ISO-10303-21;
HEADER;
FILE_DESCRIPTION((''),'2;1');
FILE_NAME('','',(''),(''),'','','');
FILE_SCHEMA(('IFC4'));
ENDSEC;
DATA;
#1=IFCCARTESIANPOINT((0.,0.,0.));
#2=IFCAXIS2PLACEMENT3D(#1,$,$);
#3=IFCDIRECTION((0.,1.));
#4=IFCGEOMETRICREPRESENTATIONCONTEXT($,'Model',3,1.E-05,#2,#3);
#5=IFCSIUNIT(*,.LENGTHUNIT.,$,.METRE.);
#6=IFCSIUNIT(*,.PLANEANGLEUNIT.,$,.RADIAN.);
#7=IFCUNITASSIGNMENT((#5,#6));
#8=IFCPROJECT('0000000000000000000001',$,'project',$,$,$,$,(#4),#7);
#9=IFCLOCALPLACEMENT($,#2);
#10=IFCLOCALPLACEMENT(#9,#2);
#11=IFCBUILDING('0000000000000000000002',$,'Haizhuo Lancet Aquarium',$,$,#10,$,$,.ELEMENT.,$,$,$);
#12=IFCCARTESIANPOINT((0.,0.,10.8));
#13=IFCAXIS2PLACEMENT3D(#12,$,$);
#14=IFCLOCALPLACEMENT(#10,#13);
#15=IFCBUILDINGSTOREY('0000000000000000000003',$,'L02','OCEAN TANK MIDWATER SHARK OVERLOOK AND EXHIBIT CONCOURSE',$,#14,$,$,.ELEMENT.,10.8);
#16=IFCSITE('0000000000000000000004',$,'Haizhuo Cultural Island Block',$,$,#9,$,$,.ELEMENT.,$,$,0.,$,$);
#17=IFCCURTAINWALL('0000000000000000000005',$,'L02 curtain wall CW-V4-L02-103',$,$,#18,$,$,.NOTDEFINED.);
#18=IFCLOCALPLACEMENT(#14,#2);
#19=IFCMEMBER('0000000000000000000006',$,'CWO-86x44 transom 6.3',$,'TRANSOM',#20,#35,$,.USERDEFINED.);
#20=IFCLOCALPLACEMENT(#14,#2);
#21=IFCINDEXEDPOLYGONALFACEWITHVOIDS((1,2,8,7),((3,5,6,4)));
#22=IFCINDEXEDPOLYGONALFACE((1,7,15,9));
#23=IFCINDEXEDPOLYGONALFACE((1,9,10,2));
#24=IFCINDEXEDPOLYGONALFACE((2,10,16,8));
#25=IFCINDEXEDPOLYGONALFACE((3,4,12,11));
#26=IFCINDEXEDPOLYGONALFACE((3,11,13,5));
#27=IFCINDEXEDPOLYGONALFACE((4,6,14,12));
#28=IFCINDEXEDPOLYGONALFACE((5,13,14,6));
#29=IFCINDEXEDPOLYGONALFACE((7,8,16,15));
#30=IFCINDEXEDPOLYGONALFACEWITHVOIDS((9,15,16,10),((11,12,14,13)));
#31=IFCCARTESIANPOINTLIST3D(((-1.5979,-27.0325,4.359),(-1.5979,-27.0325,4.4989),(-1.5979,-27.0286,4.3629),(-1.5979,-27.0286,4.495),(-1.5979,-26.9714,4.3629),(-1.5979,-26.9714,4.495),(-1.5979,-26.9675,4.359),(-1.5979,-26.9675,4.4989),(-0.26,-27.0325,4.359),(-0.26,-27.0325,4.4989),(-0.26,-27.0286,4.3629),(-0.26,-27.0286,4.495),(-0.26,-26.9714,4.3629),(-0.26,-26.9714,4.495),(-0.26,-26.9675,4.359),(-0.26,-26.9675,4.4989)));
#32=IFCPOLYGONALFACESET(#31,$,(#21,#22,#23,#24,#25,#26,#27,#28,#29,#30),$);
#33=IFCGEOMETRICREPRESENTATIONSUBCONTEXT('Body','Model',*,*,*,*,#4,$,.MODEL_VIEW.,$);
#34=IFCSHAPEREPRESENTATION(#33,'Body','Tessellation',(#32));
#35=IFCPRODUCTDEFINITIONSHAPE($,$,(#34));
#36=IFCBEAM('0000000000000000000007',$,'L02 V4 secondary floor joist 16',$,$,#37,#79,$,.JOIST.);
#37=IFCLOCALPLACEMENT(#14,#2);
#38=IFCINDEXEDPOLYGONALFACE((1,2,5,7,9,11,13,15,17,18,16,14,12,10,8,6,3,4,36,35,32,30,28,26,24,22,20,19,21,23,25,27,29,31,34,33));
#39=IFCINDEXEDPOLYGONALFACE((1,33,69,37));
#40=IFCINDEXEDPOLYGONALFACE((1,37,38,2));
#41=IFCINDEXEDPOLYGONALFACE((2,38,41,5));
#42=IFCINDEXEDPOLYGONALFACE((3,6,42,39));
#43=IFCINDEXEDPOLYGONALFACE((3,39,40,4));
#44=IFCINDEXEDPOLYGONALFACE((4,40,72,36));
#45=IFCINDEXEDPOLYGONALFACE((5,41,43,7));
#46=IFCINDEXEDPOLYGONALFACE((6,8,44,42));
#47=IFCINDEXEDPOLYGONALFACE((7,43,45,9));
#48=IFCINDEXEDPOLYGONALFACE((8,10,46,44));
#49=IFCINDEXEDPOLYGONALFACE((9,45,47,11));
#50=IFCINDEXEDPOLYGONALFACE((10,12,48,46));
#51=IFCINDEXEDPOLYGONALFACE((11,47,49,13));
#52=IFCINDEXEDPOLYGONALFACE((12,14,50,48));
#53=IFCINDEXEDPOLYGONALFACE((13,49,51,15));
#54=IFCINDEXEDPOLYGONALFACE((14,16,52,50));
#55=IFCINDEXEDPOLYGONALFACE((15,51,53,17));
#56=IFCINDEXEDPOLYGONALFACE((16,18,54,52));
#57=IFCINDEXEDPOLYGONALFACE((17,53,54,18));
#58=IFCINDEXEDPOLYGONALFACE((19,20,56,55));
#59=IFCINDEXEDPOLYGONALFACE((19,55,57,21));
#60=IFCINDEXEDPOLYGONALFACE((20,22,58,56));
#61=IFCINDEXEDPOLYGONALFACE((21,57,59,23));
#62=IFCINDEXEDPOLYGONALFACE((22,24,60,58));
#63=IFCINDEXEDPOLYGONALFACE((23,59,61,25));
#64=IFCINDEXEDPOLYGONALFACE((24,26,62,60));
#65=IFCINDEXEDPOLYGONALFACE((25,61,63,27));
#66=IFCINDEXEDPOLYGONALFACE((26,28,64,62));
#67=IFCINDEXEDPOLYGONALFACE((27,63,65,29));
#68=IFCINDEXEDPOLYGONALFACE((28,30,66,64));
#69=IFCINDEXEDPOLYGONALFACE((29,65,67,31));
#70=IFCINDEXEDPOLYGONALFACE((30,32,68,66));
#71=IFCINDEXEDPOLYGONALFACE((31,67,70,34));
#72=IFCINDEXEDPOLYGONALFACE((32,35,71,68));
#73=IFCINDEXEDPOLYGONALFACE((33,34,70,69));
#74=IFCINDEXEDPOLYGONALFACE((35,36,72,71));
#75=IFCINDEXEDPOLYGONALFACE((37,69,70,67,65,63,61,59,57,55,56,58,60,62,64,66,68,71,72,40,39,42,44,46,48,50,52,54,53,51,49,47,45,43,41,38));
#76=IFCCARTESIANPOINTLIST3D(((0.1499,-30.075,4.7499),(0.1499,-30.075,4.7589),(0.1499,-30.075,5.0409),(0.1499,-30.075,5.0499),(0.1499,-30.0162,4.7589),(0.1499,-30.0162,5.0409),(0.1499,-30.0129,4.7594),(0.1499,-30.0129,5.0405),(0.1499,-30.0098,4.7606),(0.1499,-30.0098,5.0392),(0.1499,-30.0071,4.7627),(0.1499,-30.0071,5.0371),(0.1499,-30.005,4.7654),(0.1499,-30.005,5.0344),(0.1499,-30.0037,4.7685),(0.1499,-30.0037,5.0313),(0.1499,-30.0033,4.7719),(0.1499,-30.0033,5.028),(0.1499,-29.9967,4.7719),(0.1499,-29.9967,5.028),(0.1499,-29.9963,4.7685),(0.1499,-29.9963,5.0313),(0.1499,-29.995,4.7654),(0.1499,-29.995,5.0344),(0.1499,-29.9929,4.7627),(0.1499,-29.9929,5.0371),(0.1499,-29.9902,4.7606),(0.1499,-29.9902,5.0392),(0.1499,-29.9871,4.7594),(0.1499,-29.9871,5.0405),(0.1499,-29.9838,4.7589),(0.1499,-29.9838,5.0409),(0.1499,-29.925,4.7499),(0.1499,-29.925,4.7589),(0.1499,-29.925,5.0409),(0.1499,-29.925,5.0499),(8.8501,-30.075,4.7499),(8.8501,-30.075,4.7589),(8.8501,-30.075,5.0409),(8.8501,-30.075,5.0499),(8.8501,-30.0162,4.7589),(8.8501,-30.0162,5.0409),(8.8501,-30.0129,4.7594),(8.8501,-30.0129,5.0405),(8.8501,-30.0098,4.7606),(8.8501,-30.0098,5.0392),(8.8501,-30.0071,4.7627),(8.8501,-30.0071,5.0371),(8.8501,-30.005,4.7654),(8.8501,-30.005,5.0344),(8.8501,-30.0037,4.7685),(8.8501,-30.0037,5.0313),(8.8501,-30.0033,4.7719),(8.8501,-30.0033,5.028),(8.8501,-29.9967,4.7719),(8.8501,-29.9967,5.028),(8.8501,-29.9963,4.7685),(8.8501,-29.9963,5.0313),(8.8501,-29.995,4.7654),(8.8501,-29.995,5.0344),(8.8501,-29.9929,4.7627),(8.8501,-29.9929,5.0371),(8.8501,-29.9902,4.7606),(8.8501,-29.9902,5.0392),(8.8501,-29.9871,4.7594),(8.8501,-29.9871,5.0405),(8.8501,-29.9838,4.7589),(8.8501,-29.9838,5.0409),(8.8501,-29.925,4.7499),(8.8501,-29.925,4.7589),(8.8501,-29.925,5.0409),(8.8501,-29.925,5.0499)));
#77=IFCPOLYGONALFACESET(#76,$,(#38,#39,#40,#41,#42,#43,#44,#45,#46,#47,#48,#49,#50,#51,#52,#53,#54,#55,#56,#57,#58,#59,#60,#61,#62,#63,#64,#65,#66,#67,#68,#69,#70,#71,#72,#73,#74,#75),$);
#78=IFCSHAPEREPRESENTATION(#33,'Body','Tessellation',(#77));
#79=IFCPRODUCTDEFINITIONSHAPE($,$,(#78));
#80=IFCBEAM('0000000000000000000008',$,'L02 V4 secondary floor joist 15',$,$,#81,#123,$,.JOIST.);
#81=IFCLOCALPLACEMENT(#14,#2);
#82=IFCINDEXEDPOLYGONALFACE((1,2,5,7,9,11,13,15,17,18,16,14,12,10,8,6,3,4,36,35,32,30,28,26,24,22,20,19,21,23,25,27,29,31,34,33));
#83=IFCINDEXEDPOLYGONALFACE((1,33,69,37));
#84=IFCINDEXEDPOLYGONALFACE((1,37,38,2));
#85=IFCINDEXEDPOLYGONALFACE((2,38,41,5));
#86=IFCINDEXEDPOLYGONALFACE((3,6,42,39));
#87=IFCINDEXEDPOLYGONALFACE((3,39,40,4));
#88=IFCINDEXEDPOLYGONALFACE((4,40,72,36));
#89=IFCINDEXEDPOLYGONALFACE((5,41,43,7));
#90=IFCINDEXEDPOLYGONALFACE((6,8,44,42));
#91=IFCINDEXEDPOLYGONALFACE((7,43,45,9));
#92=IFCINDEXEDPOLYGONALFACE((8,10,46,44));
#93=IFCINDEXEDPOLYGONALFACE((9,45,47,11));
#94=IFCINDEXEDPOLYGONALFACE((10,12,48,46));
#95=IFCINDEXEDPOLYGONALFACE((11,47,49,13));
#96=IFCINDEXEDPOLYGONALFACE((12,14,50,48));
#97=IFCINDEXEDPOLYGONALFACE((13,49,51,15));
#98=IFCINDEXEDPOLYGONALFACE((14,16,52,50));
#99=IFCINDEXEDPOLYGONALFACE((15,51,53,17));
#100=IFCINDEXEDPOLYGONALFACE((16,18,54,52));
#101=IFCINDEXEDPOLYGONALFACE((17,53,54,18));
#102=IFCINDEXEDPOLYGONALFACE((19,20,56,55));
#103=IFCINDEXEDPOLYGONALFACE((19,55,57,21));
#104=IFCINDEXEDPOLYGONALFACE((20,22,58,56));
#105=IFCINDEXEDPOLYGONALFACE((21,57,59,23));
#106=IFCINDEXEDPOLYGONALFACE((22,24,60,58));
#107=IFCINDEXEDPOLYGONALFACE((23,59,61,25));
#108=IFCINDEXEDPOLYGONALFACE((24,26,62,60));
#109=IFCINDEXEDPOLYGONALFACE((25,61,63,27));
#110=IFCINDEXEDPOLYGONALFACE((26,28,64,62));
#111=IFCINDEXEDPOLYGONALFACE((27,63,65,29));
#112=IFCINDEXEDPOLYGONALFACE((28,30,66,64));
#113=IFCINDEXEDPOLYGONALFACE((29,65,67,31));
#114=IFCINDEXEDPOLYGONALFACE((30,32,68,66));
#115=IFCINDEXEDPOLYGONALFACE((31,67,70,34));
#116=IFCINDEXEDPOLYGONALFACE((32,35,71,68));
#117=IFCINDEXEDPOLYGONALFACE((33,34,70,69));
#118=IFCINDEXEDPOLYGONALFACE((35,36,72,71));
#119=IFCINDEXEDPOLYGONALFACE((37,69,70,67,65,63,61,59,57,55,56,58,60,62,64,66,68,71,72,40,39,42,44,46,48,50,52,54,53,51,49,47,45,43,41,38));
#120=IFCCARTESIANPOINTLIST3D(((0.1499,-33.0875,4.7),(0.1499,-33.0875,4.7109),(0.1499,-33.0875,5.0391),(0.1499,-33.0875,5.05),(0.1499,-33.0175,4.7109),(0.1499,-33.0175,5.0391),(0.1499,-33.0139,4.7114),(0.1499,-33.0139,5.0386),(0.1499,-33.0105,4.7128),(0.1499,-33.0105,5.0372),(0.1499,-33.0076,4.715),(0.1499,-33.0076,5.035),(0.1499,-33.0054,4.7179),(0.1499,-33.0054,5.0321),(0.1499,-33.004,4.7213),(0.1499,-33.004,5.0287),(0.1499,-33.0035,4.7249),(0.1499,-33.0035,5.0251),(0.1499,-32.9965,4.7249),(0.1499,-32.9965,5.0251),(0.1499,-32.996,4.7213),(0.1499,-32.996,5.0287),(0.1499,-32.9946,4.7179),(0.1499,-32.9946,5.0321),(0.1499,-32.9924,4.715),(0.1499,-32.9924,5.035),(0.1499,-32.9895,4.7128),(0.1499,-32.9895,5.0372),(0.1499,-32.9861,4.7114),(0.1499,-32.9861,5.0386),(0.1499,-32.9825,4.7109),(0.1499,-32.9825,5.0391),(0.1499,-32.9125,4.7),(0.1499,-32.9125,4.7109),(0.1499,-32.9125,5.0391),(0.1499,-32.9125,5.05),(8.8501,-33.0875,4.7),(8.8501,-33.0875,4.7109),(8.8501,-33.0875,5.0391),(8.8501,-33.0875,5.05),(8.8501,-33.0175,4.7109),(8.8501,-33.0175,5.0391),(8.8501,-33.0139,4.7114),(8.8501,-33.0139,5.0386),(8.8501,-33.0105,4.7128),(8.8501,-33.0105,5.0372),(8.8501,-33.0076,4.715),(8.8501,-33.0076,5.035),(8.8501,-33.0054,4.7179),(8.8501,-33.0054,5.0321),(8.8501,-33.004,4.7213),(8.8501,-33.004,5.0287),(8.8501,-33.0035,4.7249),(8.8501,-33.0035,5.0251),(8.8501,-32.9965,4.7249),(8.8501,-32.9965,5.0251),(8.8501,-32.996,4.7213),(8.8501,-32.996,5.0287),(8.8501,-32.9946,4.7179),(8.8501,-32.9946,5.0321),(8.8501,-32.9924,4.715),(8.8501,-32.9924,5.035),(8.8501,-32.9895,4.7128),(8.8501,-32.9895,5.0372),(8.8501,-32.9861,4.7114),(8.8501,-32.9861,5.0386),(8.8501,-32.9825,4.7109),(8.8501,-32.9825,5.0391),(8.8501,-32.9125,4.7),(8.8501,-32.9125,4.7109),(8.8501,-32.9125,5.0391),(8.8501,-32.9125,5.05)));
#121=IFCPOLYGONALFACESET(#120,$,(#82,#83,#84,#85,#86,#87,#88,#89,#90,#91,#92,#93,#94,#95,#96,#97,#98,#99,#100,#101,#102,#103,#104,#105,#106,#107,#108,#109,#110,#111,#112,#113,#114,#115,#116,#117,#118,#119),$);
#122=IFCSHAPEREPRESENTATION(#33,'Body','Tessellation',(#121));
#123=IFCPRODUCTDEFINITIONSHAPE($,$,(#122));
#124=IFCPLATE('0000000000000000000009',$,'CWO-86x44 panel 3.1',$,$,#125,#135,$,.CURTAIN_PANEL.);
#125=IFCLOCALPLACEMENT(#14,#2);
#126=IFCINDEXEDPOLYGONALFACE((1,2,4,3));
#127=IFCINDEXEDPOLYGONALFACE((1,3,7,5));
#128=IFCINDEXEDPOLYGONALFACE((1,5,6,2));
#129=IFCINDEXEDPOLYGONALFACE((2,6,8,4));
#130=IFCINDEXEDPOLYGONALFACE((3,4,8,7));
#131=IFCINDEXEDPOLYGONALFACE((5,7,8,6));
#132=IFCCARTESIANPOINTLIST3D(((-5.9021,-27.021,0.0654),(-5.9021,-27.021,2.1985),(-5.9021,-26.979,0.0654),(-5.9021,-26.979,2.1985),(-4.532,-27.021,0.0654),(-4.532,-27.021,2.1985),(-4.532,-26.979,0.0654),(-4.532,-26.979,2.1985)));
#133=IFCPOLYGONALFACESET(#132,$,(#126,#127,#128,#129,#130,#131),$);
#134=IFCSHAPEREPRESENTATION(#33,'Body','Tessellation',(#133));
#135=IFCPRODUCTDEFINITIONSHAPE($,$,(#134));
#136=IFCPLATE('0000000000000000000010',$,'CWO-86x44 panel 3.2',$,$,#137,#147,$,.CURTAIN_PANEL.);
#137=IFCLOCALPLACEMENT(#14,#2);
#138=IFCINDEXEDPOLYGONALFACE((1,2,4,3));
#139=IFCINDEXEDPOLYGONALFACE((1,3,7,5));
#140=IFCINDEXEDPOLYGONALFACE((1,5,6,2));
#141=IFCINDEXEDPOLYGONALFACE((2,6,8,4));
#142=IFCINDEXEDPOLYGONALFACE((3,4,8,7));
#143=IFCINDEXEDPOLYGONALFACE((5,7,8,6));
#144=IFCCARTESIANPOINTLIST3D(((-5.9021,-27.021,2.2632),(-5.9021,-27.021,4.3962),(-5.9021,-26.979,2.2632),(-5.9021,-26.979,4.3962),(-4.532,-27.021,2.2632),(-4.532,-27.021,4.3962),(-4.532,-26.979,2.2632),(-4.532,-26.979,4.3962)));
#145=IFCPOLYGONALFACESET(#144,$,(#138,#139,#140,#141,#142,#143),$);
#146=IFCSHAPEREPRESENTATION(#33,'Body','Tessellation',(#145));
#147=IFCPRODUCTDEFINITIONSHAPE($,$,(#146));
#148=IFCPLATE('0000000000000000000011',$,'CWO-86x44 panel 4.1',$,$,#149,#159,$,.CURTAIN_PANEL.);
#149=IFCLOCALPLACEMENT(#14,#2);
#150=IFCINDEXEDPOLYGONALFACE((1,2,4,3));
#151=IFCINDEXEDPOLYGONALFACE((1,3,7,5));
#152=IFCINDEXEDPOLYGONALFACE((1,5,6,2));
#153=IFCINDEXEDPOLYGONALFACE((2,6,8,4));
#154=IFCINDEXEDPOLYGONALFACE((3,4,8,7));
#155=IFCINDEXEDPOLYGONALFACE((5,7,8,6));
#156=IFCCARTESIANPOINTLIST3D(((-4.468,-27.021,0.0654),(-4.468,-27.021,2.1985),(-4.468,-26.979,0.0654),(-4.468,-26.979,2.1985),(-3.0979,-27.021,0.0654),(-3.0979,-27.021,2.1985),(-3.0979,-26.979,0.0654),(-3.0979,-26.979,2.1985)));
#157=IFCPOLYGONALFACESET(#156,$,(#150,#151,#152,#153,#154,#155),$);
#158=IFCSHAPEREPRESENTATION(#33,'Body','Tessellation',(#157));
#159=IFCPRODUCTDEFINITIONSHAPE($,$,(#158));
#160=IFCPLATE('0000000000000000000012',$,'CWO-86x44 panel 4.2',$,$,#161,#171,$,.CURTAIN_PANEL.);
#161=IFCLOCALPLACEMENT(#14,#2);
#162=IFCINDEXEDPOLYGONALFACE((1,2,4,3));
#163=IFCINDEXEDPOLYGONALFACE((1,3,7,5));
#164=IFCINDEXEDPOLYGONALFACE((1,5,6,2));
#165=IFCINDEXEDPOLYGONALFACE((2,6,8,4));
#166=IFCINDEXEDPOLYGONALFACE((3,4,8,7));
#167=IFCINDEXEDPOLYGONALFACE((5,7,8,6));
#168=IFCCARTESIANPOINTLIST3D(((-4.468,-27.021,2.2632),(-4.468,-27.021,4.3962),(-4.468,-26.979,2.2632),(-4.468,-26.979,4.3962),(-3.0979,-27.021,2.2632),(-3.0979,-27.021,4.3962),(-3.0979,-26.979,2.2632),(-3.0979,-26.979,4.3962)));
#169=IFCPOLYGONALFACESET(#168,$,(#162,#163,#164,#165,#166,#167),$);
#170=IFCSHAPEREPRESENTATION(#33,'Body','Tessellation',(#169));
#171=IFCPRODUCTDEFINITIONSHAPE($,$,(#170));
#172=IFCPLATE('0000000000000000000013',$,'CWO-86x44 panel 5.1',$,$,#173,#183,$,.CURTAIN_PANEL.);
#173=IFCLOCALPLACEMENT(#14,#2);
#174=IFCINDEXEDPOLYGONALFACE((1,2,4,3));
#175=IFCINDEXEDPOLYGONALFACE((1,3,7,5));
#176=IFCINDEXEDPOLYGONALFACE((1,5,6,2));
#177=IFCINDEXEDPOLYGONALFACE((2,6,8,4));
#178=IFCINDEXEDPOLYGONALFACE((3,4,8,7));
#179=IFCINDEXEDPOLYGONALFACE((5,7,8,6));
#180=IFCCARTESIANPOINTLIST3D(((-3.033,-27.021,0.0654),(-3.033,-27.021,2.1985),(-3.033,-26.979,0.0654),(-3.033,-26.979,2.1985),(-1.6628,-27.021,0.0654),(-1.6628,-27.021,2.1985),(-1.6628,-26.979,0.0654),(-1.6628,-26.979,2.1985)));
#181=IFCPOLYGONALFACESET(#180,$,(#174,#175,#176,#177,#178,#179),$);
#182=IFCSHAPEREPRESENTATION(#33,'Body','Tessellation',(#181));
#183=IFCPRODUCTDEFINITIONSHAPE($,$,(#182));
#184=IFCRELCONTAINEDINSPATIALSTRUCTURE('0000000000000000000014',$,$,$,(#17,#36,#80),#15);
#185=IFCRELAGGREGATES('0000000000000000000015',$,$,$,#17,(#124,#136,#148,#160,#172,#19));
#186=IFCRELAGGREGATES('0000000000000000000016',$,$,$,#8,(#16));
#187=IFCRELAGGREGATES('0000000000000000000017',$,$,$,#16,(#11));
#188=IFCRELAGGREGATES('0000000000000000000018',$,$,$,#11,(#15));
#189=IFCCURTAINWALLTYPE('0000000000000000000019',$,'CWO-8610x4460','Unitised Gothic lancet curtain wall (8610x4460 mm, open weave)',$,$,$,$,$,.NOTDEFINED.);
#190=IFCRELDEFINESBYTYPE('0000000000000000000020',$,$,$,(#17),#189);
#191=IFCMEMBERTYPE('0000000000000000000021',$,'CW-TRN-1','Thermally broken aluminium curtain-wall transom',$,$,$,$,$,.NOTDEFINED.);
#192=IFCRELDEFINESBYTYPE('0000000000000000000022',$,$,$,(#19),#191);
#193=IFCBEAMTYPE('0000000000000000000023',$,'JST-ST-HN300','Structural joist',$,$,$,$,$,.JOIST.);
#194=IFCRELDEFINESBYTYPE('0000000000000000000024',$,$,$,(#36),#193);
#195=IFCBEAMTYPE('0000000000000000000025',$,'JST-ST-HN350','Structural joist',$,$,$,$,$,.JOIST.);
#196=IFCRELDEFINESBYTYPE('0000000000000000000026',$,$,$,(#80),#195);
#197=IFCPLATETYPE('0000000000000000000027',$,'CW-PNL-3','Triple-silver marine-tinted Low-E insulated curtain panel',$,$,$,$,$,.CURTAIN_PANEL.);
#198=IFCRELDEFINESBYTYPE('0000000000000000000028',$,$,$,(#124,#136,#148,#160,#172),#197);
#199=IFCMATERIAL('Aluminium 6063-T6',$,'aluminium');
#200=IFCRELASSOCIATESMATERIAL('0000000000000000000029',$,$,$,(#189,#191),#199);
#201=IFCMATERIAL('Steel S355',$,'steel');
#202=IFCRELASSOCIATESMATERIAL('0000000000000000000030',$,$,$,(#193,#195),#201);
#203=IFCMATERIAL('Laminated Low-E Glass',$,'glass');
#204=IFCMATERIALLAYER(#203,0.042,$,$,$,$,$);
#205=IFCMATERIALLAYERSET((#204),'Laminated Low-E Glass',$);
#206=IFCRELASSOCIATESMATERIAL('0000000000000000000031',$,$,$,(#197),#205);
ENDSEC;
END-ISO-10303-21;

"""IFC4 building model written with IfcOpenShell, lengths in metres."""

from ifc_helpers import new_model, si_unit, direction, frame, origin, origin_2d, place, context, subcontext, project, spatial, rectangle, hollow_rectangle, i_section, extrude, material, layer, layer_set, material_profile, profile_set, type_object, element, aggregate, save


model = new_model("IFC4")

# Units and contexts
model_context = context("Model", 3, precision=1e-05, world=origin(), true_north=direction((0.0, 1.0)))
body_context = subcontext(model_context, "Body", "Model", "MODEL_VIEW")
ifc_project = project(units=[si_unit("LENGTHUNIT", "METRE"), si_unit("PLANEANGLEUNIT", "RADIAN")], contexts=[model_context])

# Site, building, storey
site_placement = place(None, origin())
site = spatial("IfcSite", under=ifc_project, at=site_placement, Name="Haizhuo Cultural Island Block", CompositionType="ELEMENT", RefElevation=0.0)
building_placement = place(site_placement, origin())
building = spatial("IfcBuilding", under=site, at=building_placement, Name="Haizhuo Lancet Aquarium", CompositionType="ELEMENT")
storey_placement = place(building_placement, frame((0.0, 0.0, 10.8)))
storey = spatial("IfcBuildingStorey", under=building, at=storey_placement, Name="L02", Description="OCEAN TANK MIDWATER SHARK OVERLOOK AND EXHIBIT CONCOURSE", CompositionType="ELEMENT", Elevation=10.8)

# Curtain wall, member
ifc_material_1 = material(Name="Aluminium 6063-T6", Category="aluminium")
curtain_wall_type = type_object("IfcCurtainWallType", Name="CWO-8610x4460", Description="Unitised Gothic lancet curtain wall (8610x4460 mm, open weave)", PredefinedType="NOTDEFINED", material=ifc_material_1)
curtain_wall_placement = place(storey_placement, origin())
curtain_wall = element("IfcCurtainWall", 1, at=curtain_wall_placement, inside=storey, type_object=curtain_wall_type, Name="L02 curtain wall CW-V4-L02-103", PredefinedType="NOTDEFINED")
ifc_material_profile_1 = material_profile(ifc_material_1, hollow_rectangle(XDim=0.0649, YDim=0.1399, WallThickness=0.0039, at=origin_2d()), Name="ALU-T 65x140x4")
ifc_profile_set_1 = profile_set([ifc_material_profile_1], Name="Aluminium 6063-T6")
member_type_1 = type_object("IfcMemberType", Name="CW-TRN-1", Description="Thermally broken aluminium curtain-wall transom", PredefinedType="NOTDEFINED", material=ifc_profile_set_1)
member_1_placement = place(storey_placement, frame((-1.5979, -27.0, 4.429), z_axis=(1.0, 0.0, 0.0), x_axis=(0.0, 1.0, 0.0)))
member_1 = element("IfcMember", 2, at=member_1_placement, type_object=member_type_1, Name="CWO-86x44 transom 6.3", ObjectType="TRANSOM", PredefinedType="USERDEFINED", context=body_context, shape_type="SweptSolid", body=[
    extrude(hollow_rectangle(XDim=0.0649, YDim=0.1399, WallThickness=0.0039, at=origin_2d()), origin(), (0.0, 0.0, 1.0), 1.3379),
])

# Beams
ifc_material_2 = material(Name="Steel S355", Category="steel")
ifc_material_profile_2 = material_profile(ifc_material_2, i_section(OverallWidth=0.1499, OverallDepth=0.3, WebThickness=0.0066, FlangeThickness=0.009, FilletRadius=0.0129, at=origin_2d()), Name="HN 300x150x6.5x9")
ifc_profile_set_2 = profile_set([ifc_material_profile_2], Name="Steel S355")
beam_type_1 = type_object("IfcBeamType", Name="JST-ST-HN300", Description="Structural joist", PredefinedType="JOIST", material=ifc_profile_set_2)
beam_1_placement = place(storey_placement, frame((0.1499, -30.0, 4.8999), z_axis=(1.0, 0.0, 0.0), x_axis=(0.0, 1.0, 0.0)))
element("IfcBeam", 3, at=beam_1_placement, inside=storey, type_object=beam_type_1, Name="L02 V4 secondary floor joist 16", PredefinedType="JOIST", context=body_context, shape_type="SweptSolid", body=[
    extrude(i_section(OverallWidth=0.1499, OverallDepth=0.3, WebThickness=0.0066, FlangeThickness=0.009, FilletRadius=0.0129, at=origin_2d()), origin(), (0.0, 0.0, 1.0), 8.7002),
])
ifc_material_profile_3 = material_profile(ifc_material_2, i_section(OverallWidth=0.175, OverallDepth=0.3501, WebThickness=0.0071, FlangeThickness=0.011, FilletRadius=0.0139, at=origin_2d()), Name="HN 350x175x7x11")
ifc_profile_set_3 = profile_set([ifc_material_profile_3], Name="Steel S355")
beam_type_2 = type_object("IfcBeamType", Name="JST-ST-HN350", Description="Structural joist", PredefinedType="JOIST", material=ifc_profile_set_3)
beam_2_placement = place(storey_placement, frame((0.1499, -33.0, 4.875), z_axis=(1.0, 0.0, 0.0), x_axis=(0.0, 1.0, 0.0)))
element("IfcBeam", 4, at=beam_2_placement, inside=storey, type_object=beam_type_2, Name="L02 V4 secondary floor joist 15", PredefinedType="JOIST", context=body_context, shape_type="SweptSolid", body=[
    extrude(i_section(OverallWidth=0.175, OverallDepth=0.3501, WebThickness=0.0071, FlangeThickness=0.011, FilletRadius=0.0139, at=origin_2d()), origin(), (0.0, 0.0, 1.0), 8.7002),
])

# Plates
ifc_material_3 = material(Name="Laminated Low-E Glass", Category="glass")
ifc_layer = layer(ifc_material_3, 0.042)
ifc_layer_set = layer_set([ifc_layer], Name="Laminated Low-E Glass")
plate_type = type_object("IfcPlateType", Name="CW-PNL-3", Description="Triple-silver marine-tinted Low-E insulated curtain panel", PredefinedType="CURTAIN_PANEL", material=ifc_layer_set)
plate_1_placement = place(storey_placement, frame((-5.217, -27.0, 0.0654), z_axis=(0.0, 0.0, 1.0), x_axis=(1.0, 0.0, 0.0)))
plate_1 = element("IfcPlate", 5, at=plate_1_placement, type_object=plate_type, Name="CWO-86x44 panel 3.1", PredefinedType="CURTAIN_PANEL", context=body_context, shape_type="SweptSolid", body=[
    extrude(rectangle(XDim=1.3701, YDim=0.042, at=origin_2d()), origin(), (0.0, 0.0, 1.0), 2.1331),
])
plate_2_placement = place(storey_placement, frame((-5.217, -27.0, 2.2632), z_axis=(0.0, 0.0, 1.0), x_axis=(1.0, 0.0, 0.0)))
plate_2 = element("IfcPlate", 6, at=plate_2_placement, type_object=plate_type, Name="CWO-86x44 panel 3.2", PredefinedType="CURTAIN_PANEL", context=body_context, shape_type="SweptSolid", body=[
    extrude(rectangle(XDim=1.3701, YDim=0.042, at=origin_2d()), origin(), (0.0, 0.0, 1.0), 2.1331),
])
plate_3_placement = place(storey_placement, frame((-3.783, -27.0, 0.0654), z_axis=(0.0, 0.0, 1.0), x_axis=(1.0, 0.0, 0.0)))
plate_3 = element("IfcPlate", 7, at=plate_3_placement, type_object=plate_type, Name="CWO-86x44 panel 4.1", PredefinedType="CURTAIN_PANEL", context=body_context, shape_type="SweptSolid", body=[
    extrude(rectangle(XDim=1.3701, YDim=0.042, at=origin_2d()), origin(), (0.0, 0.0, 1.0), 2.1331),
])
plate_4_placement = place(storey_placement, frame((-3.783, -27.0, 2.2632), z_axis=(0.0, 0.0, 1.0), x_axis=(1.0, 0.0, 0.0)))
plate_4 = element("IfcPlate", 8, at=plate_4_placement, type_object=plate_type, Name="CWO-86x44 panel 4.2", PredefinedType="CURTAIN_PANEL", context=body_context, shape_type="SweptSolid", body=[
    extrude(rectangle(XDim=1.3701, YDim=0.042, at=origin_2d()), origin(), (0.0, 0.0, 1.0), 2.1331),
])
plate_5_placement = place(storey_placement, frame((-2.3479, -27.0, 0.0654), z_axis=(0.0, 0.0, 1.0), x_axis=(1.0, 0.0, 0.0)))
plate_5 = element("IfcPlate", 9, at=plate_5_placement, type_object=plate_type, Name="CWO-86x44 panel 5.1", PredefinedType="CURTAIN_PANEL", context=body_context, shape_type="SweptSolid", body=[
    extrude(rectangle(XDim=1.3701, YDim=0.042, at=origin_2d()), origin(), (0.0, 0.0, 1.0), 2.1331),
])
aggregate(curtain_wall, [plate_1, plate_2, plate_3, plate_4, plate_5, member_1])

save(model, "model.ifc")
